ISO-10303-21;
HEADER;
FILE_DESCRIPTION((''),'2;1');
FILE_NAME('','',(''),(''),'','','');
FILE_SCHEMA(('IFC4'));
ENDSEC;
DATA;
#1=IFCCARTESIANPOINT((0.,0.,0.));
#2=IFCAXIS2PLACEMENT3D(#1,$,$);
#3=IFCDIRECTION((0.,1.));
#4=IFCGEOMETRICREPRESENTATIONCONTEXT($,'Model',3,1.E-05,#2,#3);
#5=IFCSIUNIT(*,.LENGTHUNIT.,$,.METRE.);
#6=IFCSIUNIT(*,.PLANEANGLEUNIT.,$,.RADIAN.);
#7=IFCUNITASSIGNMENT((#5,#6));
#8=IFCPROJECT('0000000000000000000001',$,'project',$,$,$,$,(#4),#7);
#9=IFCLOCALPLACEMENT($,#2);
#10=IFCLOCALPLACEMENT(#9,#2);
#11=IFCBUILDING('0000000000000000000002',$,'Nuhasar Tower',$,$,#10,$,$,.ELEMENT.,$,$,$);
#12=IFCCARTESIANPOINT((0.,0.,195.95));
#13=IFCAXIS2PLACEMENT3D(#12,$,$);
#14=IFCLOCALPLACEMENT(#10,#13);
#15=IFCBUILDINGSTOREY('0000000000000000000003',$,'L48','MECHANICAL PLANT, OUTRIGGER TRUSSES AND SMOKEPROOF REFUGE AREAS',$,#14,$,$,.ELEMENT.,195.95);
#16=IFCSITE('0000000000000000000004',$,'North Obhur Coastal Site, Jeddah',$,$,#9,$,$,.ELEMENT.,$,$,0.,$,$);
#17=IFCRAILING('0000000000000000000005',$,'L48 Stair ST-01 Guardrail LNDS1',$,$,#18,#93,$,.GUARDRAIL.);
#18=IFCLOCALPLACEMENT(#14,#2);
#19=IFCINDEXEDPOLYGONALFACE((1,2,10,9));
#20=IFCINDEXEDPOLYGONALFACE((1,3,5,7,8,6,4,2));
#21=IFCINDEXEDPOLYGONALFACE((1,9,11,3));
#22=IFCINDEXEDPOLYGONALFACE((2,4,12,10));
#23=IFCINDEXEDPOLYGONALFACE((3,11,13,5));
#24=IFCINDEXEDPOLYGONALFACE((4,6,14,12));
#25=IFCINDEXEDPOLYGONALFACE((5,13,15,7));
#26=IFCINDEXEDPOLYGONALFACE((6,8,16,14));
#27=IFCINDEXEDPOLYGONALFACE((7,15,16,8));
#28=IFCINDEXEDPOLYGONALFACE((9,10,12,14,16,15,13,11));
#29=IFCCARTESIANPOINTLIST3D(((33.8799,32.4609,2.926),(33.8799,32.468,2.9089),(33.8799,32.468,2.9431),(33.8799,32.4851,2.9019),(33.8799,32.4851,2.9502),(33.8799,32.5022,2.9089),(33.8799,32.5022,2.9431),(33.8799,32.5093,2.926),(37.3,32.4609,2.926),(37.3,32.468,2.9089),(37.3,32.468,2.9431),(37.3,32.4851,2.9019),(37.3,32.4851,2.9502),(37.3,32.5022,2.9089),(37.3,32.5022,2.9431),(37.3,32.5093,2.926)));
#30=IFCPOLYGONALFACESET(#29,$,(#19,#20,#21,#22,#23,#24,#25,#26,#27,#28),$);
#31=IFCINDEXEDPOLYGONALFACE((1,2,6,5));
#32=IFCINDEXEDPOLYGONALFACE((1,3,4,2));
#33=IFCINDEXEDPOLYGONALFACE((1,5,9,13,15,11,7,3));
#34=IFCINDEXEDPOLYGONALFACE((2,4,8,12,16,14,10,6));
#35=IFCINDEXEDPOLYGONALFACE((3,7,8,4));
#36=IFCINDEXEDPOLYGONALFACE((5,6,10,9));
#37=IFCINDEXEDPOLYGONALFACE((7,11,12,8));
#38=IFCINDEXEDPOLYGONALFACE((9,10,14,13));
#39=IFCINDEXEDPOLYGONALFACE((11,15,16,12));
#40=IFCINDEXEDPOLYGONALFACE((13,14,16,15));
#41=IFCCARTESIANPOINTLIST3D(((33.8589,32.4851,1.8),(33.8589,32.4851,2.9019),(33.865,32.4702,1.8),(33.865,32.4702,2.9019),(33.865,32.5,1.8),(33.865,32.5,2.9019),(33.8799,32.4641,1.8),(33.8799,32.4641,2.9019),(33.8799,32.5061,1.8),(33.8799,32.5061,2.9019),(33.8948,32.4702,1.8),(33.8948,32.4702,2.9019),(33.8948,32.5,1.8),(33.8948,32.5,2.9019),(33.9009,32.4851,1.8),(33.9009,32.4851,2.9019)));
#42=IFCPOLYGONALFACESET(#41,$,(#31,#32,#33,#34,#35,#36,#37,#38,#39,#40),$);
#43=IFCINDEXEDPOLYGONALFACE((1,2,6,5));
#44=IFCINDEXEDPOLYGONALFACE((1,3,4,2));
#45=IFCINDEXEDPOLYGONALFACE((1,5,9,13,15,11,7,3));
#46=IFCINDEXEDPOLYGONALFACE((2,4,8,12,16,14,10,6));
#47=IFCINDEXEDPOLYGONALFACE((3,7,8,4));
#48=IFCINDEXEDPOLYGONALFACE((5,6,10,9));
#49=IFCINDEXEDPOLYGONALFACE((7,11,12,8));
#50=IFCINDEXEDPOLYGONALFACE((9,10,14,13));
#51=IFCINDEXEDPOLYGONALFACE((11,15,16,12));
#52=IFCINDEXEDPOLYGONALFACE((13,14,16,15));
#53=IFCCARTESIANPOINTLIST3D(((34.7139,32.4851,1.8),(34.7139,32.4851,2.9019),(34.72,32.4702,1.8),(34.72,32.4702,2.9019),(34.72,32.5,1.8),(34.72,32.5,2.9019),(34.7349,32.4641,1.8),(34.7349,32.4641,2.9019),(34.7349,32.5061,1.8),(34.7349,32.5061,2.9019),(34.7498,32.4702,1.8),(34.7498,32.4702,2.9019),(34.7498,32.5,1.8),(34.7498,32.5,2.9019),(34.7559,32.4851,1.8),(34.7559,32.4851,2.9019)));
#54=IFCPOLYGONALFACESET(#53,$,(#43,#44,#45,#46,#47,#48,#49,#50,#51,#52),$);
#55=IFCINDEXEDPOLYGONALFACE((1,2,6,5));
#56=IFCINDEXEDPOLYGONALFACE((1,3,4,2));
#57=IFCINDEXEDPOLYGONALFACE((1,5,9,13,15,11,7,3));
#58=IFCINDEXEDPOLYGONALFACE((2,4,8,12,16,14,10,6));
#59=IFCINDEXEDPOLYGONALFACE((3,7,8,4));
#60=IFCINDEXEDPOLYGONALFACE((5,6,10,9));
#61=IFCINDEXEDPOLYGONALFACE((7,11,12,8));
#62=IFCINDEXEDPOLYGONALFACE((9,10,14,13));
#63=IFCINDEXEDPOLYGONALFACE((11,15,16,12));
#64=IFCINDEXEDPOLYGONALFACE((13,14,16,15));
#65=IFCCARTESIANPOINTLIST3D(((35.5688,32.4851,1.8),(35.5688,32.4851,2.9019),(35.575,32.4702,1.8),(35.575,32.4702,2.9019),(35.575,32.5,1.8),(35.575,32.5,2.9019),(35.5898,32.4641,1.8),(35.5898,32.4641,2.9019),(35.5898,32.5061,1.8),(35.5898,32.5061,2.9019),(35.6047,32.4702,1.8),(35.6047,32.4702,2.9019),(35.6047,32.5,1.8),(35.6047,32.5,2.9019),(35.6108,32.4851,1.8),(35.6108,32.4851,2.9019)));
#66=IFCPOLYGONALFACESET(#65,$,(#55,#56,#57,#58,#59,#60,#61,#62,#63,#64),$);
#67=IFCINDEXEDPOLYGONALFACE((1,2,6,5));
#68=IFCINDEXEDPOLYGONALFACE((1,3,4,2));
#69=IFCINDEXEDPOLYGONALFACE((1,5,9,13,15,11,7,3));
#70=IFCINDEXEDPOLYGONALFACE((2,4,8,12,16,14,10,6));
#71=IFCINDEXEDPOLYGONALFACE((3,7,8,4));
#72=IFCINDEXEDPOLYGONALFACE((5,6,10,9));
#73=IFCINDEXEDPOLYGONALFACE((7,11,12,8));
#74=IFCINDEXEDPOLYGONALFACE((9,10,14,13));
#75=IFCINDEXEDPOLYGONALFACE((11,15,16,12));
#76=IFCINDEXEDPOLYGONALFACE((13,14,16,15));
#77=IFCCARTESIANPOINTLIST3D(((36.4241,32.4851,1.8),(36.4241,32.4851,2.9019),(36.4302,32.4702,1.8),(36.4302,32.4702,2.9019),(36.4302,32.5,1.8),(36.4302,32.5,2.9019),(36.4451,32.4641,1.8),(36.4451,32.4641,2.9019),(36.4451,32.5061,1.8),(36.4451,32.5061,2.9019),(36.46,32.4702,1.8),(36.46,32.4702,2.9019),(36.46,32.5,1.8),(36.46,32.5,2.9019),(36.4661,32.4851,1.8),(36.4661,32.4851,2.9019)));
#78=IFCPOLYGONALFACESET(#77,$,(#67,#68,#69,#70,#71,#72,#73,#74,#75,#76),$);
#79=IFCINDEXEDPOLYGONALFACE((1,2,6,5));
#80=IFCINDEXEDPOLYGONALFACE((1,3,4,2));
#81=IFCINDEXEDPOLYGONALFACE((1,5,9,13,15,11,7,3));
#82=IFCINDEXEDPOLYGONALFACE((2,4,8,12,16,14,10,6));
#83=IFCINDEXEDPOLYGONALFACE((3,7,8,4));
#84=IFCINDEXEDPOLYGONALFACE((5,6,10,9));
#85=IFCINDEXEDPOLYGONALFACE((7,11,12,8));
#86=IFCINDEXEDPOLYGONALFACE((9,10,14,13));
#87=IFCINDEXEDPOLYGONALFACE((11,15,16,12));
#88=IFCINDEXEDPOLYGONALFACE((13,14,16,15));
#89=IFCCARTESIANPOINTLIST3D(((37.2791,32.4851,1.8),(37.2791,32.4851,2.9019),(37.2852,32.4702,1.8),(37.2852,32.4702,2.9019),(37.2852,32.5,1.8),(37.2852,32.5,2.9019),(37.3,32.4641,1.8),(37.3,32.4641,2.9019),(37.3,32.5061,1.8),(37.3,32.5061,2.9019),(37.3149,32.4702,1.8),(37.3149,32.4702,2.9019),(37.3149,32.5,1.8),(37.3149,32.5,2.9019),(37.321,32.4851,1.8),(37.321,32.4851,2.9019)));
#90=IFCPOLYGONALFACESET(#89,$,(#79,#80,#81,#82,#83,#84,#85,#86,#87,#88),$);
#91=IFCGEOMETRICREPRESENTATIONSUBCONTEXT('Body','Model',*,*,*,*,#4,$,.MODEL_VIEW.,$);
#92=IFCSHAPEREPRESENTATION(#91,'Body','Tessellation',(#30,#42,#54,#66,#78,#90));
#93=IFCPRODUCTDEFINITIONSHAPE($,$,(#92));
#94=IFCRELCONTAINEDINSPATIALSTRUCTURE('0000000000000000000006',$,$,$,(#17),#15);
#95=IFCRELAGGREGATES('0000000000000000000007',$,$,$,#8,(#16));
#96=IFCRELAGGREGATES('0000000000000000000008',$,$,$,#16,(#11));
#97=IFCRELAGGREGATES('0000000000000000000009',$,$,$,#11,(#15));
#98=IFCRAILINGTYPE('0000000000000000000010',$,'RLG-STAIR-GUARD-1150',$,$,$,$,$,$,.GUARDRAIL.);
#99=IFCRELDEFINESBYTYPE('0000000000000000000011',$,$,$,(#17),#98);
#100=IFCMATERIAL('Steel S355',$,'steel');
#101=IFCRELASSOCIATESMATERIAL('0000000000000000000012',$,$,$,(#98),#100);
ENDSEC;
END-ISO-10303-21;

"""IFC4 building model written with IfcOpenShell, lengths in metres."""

from ifc_helpers import new_model, si_unit, direction, frame, origin, place, context, subcontext, project, spatial, polyline, outline, extrude, material, type_object, element, save


model = new_model("IFC4")

# Units and contexts
model_context = context("Model", 3, precision=1e-05, world=origin(), true_north=direction((0.0, 1.0)))
body_context = subcontext(model_context, "Body", "Model", "MODEL_VIEW")
ifc_project = project(units=[si_unit("LENGTHUNIT", "METRE"), si_unit("PLANEANGLEUNIT", "RADIAN")], contexts=[model_context])

# Site, building, storey
site_placement = place(None, origin())
site = spatial("IfcSite", under=ifc_project, at=site_placement, Name="North Obhur Coastal Site, Jeddah", CompositionType="ELEMENT", RefElevation=0.0)
building_placement = place(site_placement, origin())
building = spatial("IfcBuilding", under=site, at=building_placement, Name="Nuhasar Tower", CompositionType="ELEMENT")
storey_placement = place(building_placement, frame((0.0, 0.0, 195.95)))
storey = spatial("IfcBuildingStorey", under=building, at=storey_placement, Name="L48", Description="MECHANICAL PLANT, OUTRIGGER TRUSSES AND SMOKEPROOF REFUGE AREAS", CompositionType="ELEMENT", Elevation=195.95)

# Shared definitions
ifc_material_1 = material(Name="Steel S355", Category="steel")

# Railing
railing_type_1 = type_object("IfcRailingType", Name="RLG-STAIR-GUARD-1150", PredefinedType="GUARDRAIL", material=ifc_material_1)
railing_1_placement = place(storey_placement, frame((33.8799, 32.4851, 1.8)))
element("IfcRailing", 1, at=railing_1_placement, inside=storey, type_object=railing_type_1, Name="L48 Stair ST-01 Guardrail LNDS1", PredefinedType="GUARDRAIL", context=body_context, shape_type="SweptSolid", body=[
    extrude(outline(polyline([(0.0242, 0.0), (0.0171, 0.0171), (0.0, 0.0242), (-0.0171, 0.0171), (-0.0242, 0.0), (-0.0171, -0.0171), (0.0, -0.0242), (0.0171, -0.0171), (0.0242, 0.0)])), frame((0.0, 0.0, 1.126), z_axis=(1.0, 0.0, 0.0), x_axis=(0.0, 1.0, 0.0)), (0.0, 0.0, 1.0), 3.4202),
    extrude(outline(polyline([(0.021, 0.0), (0.0149, 0.0149), (0.0, 0.021), (-0.0149, 0.0149), (-0.021, 0.0), (-0.0149, -0.0149), (0.0, -0.021), (0.0149, -0.0149), (0.021, 0.0)])), origin(), (0.0, 0.0, 1.0), 1.1018),
    extrude(outline(polyline([(0.021, 0.0), (0.0149, 0.0149), (0.0, 0.021), (-0.0149, 0.0149), (-0.021, 0.0), (-0.0149, -0.0149), (0.0, -0.021), (0.0149, -0.0149), (0.021, 0.0)])), frame((0.855, 0.0, 0.0)), (0.0, 0.0, 1.0), 1.1018),
    extrude(outline(polyline([(0.021, 0.0), (0.0149, 0.0149), (0.0, 0.021), (-0.0149, 0.0149), (-0.021, 0.0), (-0.0149, -0.0149), (0.0, -0.021), (0.0149, -0.0149), (0.021, 0.0)])), frame((1.71, 0.0, 0.0)), (0.0, 0.0, 1.0), 1.1018),
    extrude(outline(polyline([(0.021, 0.0), (0.0149, 0.0149), (0.0, 0.021), (-0.0149, 0.0149), (-0.021, 0.0), (-0.0149, -0.0149), (0.0, -0.021), (0.0149, -0.0149), (0.021, 0.0)])), frame((2.5652, 0.0, 0.0)), (0.0, 0.0, 1.0), 1.1018),
    extrude(outline(polyline([(0.021, 0.0), (0.0149, 0.0149), (0.0, 0.021), (-0.0149, 0.0149), (-0.021, 0.0), (-0.0149, -0.0149), (0.0, -0.021), (0.0149, -0.0149), (0.021, 0.0)])), frame((3.4202, 0.0, 0.0)), (0.0, 0.0, 1.0), 1.1018),
])

save(model, "model.ifc")
